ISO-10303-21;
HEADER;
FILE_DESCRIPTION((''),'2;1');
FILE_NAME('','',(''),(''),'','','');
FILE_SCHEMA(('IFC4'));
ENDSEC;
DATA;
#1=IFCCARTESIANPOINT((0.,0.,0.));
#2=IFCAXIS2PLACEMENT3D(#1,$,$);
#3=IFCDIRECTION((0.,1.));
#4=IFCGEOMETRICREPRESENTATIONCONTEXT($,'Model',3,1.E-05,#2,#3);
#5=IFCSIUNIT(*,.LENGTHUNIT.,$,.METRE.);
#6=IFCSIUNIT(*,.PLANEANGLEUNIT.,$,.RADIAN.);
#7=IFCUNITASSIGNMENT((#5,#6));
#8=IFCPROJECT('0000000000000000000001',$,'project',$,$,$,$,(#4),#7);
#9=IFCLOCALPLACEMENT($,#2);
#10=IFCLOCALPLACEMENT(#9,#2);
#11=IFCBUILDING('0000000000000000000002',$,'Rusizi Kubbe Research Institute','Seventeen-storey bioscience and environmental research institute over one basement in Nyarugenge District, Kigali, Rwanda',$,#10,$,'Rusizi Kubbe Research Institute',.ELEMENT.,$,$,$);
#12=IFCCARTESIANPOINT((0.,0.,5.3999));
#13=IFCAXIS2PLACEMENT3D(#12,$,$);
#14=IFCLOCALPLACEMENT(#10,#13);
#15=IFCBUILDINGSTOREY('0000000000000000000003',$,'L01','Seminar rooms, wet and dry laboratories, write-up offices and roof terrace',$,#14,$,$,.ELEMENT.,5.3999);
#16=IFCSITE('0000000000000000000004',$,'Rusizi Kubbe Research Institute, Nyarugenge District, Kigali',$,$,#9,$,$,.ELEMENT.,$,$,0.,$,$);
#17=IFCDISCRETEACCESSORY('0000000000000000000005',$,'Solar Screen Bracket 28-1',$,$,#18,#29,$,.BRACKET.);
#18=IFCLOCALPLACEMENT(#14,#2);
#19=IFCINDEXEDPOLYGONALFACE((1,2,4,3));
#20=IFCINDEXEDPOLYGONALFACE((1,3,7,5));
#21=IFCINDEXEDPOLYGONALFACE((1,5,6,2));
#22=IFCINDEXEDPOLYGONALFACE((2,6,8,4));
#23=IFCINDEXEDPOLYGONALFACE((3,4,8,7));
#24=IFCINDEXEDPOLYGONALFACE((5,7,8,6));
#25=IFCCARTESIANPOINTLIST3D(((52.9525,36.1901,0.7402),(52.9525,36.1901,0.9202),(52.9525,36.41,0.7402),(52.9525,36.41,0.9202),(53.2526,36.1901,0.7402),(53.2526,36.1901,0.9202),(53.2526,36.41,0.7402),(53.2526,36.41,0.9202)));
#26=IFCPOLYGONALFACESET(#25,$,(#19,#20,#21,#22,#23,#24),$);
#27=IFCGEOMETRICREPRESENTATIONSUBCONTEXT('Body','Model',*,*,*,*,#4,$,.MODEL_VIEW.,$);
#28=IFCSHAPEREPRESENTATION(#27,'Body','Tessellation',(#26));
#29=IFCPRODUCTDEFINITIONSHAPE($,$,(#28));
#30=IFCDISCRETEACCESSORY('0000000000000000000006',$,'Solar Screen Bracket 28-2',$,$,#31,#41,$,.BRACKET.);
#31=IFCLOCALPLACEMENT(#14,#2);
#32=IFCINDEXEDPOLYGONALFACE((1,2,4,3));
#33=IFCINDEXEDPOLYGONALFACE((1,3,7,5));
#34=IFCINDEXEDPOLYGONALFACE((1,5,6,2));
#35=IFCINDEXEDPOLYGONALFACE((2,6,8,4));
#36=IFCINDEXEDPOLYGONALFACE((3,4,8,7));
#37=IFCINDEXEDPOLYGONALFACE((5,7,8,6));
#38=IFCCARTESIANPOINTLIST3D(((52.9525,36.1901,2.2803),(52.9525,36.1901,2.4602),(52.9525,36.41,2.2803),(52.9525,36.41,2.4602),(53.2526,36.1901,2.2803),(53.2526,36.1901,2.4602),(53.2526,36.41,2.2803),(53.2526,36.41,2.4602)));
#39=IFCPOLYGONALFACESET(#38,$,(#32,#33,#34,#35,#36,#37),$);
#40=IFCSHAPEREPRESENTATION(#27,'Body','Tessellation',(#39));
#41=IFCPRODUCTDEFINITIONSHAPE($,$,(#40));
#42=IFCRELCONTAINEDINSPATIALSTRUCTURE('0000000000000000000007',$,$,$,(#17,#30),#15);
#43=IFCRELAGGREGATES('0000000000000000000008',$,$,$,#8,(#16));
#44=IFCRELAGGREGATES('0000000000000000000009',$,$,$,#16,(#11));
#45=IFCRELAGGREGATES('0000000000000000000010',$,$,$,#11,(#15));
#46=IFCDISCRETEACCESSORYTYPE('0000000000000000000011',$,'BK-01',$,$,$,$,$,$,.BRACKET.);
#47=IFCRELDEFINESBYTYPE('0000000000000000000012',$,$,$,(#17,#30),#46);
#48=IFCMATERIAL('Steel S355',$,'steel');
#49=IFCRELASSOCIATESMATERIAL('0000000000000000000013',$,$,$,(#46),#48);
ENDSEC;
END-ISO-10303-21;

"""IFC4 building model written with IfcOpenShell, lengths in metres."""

from ifc_helpers import new_model, si_unit, direction, frame, origin, origin_2d, place, context, subcontext, project, spatial, rectangle, extrude, material, type_object, element, save


model = new_model("IFC4")

# Units and contexts
model_context = context("Model", 3, precision=1e-05, world=origin(), true_north=direction((0.0, 1.0)))
body_context = subcontext(model_context, "Body", "Model", "MODEL_VIEW")
ifc_project = project(units=[si_unit("LENGTHUNIT", "METRE"), si_unit("PLANEANGLEUNIT", "RADIAN")], contexts=[model_context])

# Site, building, storey
site_placement = place(None, origin())
site = spatial("IfcSite", under=ifc_project, at=site_placement, Name="Rusizi Kubbe Research Institute, Nyarugenge District, Kigali", CompositionType="ELEMENT", RefElevation=0.0)
building_placement = place(site_placement, origin())
building = spatial("IfcBuilding", under=site, at=building_placement, Name="Rusizi Kubbe Research Institute", Description="Seventeen-storey bioscience and environmental research institute over one basement in Nyarugenge District, Kigali, Rwanda", LongName="Rusizi Kubbe Research Institute", CompositionType="ELEMENT")
storey_placement = place(building_placement, frame((0.0, 0.0, 5.3999)))
storey = spatial("IfcBuildingStorey", under=building, at=storey_placement, Name="L01", Description="Seminar rooms, wet and dry laboratories, write-up offices and roof terrace", CompositionType="ELEMENT", Elevation=5.3999)

# Discrete accessories
ifc_material_1 = material(Name="Steel S355", Category="steel")
discrete_accessory_type = type_object("IfcDiscreteAccessoryType", Name="BK-01", PredefinedType="BRACKET", material=ifc_material_1)
for number, where, z_axis, x_axis, name in (
    (1, (53.1025, 36.3, 0.7402), (0.0, 0.0, 1.0), (1.0, 0.0, 0.0), "Solar Screen Bracket 28-1"),
    (2, (53.1025, 36.3, 2.2803), (0.0, 0.0, 1.0), (1.0, 0.0, 0.0), "Solar Screen Bracket 28-2"),
):
    element("IfcDiscreteAccessory", number, at=place(storey_placement, frame(where, z_axis=z_axis, x_axis=x_axis)), inside=storey, type_object=discrete_accessory_type, Name=name, PredefinedType="BRACKET", context=body_context, shape_type="SweptSolid", body=[
        extrude(rectangle(XDim=0.3, YDim=0.22, at=origin_2d()), origin(), (0.0, 0.0, 1.0), 0.1799),
    ])

save(model, "model.ifc")
